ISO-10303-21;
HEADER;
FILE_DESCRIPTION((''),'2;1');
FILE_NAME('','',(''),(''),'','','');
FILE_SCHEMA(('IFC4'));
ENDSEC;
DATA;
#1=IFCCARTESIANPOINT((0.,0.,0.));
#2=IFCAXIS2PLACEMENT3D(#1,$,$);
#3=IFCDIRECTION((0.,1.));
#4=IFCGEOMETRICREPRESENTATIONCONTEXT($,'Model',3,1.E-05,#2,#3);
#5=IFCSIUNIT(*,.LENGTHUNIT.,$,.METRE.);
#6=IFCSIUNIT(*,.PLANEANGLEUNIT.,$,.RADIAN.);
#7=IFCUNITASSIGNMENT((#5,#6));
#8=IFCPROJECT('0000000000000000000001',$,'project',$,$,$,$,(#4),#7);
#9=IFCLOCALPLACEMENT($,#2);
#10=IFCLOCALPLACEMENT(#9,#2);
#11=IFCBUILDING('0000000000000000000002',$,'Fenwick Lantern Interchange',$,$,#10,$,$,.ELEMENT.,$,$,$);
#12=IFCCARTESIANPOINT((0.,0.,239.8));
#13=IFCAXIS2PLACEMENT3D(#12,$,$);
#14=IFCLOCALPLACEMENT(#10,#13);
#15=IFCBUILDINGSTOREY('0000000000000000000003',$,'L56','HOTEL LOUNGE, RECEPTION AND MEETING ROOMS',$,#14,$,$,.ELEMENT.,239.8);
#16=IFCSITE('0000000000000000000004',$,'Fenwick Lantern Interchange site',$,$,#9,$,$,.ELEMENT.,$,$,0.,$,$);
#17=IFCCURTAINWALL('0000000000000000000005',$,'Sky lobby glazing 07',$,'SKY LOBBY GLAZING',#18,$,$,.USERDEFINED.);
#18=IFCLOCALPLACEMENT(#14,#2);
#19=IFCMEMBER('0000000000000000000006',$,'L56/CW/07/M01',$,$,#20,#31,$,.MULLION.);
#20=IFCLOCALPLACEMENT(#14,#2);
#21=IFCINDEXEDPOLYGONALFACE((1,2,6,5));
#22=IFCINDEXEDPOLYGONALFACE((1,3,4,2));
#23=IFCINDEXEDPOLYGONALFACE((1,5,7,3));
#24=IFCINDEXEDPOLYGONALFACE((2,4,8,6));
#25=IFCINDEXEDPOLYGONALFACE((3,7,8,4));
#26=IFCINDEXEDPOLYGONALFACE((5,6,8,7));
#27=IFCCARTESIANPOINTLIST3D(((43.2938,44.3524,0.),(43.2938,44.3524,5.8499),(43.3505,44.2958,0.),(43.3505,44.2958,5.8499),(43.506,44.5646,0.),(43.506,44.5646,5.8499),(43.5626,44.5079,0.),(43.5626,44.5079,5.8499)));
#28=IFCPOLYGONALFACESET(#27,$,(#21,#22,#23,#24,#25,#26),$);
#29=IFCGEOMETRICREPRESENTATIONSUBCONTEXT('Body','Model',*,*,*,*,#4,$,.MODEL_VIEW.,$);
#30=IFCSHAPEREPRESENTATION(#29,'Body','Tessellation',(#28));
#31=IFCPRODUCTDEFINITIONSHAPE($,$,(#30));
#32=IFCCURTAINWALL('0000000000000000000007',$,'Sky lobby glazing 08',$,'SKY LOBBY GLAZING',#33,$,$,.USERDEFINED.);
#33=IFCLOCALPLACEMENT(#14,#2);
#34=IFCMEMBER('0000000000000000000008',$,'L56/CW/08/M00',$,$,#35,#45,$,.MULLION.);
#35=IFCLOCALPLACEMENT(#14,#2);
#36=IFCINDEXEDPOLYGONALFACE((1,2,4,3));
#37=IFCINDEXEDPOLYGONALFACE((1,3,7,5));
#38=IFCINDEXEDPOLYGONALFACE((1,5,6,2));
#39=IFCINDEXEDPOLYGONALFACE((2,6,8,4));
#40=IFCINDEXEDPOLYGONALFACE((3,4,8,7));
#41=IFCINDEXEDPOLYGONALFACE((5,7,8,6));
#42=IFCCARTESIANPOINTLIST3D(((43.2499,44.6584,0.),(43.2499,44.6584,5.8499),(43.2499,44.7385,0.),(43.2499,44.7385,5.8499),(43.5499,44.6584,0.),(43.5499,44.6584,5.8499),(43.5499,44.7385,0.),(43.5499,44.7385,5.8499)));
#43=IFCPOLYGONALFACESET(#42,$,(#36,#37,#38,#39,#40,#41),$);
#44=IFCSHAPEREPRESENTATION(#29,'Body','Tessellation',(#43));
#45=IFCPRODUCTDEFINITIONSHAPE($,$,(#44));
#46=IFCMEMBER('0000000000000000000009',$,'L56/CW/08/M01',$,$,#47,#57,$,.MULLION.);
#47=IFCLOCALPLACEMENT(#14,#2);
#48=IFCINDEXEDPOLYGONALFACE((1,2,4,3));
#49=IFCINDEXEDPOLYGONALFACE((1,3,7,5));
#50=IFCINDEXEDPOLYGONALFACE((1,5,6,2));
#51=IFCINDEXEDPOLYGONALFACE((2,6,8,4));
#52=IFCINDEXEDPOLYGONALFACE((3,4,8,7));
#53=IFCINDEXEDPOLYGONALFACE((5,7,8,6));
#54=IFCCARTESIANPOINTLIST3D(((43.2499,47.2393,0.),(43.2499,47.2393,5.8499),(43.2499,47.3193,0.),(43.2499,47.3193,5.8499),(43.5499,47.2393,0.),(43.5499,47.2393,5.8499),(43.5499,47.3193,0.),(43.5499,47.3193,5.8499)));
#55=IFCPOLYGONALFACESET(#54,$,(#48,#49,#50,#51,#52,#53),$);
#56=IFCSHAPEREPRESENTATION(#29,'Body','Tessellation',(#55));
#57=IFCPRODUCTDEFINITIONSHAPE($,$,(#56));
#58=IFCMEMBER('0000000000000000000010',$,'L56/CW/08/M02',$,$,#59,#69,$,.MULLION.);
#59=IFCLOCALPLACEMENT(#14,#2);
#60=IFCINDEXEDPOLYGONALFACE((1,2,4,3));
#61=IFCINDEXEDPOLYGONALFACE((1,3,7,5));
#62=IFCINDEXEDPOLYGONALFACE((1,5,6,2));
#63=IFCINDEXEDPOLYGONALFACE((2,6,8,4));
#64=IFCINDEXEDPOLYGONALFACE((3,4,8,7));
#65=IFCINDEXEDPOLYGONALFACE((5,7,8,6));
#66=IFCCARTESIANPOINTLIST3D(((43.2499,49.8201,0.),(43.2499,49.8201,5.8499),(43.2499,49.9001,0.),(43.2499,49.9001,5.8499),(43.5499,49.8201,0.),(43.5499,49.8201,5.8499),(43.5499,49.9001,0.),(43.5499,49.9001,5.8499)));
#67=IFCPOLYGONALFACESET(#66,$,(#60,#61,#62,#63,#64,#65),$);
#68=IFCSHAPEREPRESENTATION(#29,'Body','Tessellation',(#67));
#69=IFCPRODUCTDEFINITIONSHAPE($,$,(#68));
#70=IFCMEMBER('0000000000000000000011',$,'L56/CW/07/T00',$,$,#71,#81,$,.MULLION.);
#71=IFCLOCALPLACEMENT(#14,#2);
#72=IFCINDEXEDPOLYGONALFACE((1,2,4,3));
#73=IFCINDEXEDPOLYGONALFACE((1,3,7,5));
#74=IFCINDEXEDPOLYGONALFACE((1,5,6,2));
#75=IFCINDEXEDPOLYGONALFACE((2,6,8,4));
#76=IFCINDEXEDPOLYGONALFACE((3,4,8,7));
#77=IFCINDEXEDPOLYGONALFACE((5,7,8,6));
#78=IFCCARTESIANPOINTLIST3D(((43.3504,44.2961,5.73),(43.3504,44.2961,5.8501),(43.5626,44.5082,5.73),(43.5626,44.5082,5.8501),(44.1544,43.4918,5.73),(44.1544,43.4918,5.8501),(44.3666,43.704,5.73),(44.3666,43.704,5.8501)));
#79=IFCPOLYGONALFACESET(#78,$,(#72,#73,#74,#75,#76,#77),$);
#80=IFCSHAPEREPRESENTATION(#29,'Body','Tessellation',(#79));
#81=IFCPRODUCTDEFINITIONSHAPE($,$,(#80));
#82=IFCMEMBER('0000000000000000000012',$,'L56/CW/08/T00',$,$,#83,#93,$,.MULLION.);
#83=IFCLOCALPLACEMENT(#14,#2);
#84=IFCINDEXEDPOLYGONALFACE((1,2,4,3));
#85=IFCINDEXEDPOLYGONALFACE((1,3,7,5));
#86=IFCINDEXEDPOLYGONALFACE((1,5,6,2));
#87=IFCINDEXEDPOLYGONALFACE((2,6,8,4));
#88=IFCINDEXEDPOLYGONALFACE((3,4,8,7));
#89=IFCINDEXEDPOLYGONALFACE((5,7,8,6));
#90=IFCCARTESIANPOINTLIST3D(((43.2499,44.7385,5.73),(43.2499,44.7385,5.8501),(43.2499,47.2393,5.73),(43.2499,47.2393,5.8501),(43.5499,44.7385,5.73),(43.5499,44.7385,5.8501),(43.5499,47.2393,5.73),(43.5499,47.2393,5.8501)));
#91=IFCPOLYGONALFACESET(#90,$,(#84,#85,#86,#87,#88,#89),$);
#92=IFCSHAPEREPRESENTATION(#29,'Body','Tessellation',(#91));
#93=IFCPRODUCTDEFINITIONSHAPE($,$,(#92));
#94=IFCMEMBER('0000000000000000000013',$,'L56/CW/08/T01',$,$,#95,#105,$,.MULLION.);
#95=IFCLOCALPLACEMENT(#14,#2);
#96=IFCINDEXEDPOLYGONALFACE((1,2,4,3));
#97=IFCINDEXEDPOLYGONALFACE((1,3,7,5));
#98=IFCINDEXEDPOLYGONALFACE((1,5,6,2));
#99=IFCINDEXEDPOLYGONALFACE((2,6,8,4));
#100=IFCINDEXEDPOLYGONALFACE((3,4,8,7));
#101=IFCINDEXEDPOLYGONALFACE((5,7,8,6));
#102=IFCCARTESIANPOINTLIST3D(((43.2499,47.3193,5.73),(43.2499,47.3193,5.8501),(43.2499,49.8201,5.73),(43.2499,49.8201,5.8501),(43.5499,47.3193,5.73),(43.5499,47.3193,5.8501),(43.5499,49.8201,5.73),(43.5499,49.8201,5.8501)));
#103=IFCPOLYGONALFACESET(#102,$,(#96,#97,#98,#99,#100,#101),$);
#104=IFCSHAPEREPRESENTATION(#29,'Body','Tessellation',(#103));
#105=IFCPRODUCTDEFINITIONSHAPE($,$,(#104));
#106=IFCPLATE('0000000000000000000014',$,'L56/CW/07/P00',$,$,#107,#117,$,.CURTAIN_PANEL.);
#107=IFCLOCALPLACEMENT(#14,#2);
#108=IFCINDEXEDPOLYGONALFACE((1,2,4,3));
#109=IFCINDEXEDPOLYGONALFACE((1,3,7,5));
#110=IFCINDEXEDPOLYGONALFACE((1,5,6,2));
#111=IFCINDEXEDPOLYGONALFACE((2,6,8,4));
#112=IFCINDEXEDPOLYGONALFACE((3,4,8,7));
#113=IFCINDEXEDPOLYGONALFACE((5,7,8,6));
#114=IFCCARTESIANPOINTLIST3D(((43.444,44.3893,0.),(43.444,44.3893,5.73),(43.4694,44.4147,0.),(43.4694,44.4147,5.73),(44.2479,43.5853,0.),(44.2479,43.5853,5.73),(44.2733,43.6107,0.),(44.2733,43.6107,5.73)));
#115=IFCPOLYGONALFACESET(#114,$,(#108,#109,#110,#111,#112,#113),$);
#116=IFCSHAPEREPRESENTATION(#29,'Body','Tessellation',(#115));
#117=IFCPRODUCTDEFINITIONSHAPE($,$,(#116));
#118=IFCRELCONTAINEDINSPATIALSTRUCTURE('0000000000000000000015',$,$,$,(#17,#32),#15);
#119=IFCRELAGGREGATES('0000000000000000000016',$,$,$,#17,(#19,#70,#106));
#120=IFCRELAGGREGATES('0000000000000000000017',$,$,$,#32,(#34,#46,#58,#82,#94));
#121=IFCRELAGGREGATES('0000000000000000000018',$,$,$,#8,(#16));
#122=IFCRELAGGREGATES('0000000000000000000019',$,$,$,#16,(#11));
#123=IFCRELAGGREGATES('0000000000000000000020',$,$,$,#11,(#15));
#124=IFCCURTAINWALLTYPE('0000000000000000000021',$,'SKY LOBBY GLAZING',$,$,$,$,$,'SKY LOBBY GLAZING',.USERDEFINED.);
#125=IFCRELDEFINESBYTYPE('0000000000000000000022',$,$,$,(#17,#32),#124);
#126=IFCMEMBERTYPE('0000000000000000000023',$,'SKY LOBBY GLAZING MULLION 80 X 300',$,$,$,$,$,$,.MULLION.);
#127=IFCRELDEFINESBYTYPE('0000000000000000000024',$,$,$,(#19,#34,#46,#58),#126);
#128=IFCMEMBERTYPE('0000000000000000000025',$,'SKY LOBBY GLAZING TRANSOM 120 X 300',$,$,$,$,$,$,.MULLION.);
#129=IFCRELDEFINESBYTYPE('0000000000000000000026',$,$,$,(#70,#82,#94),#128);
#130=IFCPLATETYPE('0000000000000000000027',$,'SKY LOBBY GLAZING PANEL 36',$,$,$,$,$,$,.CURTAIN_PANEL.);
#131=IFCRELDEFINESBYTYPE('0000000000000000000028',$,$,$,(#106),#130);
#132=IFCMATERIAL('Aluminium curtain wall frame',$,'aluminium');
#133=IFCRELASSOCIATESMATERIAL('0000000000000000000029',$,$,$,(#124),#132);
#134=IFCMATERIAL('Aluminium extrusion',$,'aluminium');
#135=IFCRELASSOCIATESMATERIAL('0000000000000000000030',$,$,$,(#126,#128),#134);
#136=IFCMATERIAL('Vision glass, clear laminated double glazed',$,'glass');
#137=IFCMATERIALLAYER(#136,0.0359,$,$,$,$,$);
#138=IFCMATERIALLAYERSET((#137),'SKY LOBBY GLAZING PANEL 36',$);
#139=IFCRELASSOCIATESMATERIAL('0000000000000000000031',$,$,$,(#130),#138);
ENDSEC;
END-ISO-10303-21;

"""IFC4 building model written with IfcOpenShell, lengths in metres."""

from ifc_helpers import new_model, si_unit, direction, frame, origin, origin_2d, place, context, subcontext, project, spatial, rectangle, extrude, material, layer, layer_set, material_profile, profile_set, type_object, element, aggregate, save


model = new_model("IFC4")

# Units and contexts
model_context = context("Model", 3, precision=1e-05, world=origin(), true_north=direction((0.0, 1.0)))
body_context = subcontext(model_context, "Body", "Model", "MODEL_VIEW")
ifc_project = project(units=[si_unit("LENGTHUNIT", "METRE"), si_unit("PLANEANGLEUNIT", "RADIAN")], contexts=[model_context])

# Site, building, storey
site_placement = place(None, origin())
site = spatial("IfcSite", under=ifc_project, at=site_placement, Name="Fenwick Lantern Interchange site", CompositionType="ELEMENT", RefElevation=0.0)
building_placement = place(site_placement, origin())
building = spatial("IfcBuilding", under=site, at=building_placement, Name="Fenwick Lantern Interchange", CompositionType="ELEMENT")
storey_placement = place(building_placement, frame((0.0, 0.0, 239.8)))
storey = spatial("IfcBuildingStorey", under=building, at=storey_placement, Name="L56", Description="HOTEL LOUNGE, RECEPTION AND MEETING ROOMS", CompositionType="ELEMENT", Elevation=239.8)

# Curtain wall, member
ifc_material_1 = material(Name="Aluminium curtain wall frame", Category="aluminium")
curtain_wall_type = type_object("IfcCurtainWallType", Name="SKY LOBBY GLAZING", ElementType="SKY LOBBY GLAZING", PredefinedType="USERDEFINED", material=ifc_material_1)
curtain_wall_1_placement = place(storey_placement, origin())
curtain_wall_1 = element("IfcCurtainWall", 1, at=curtain_wall_1_placement, inside=storey, type_object=curtain_wall_type, Name="Sky lobby glazing 07", ObjectType="SKY LOBBY GLAZING", PredefinedType="USERDEFINED")
ifc_material_2 = material(Name="Aluminium extrusion", Category="aluminium")
ifc_material_profile_1 = material_profile(ifc_material_2, rectangle(XDim=0.3, YDim=0.0801, at=origin_2d()), Name="SKY LOBBY GLAZING MULLION 80 X 300")
ifc_profile_set_1 = profile_set([ifc_material_profile_1], Name="Aluminium extrusion")
member_type_1 = type_object("IfcMemberType", Name="SKY LOBBY GLAZING MULLION 80 X 300", PredefinedType="MULLION", material=ifc_profile_set_1)
member_1_placement = place(storey_placement, frame((43.4282, 44.4302, 0.0), z_axis=(0.0, 0.0, 1.0), x_axis=(-0.707107, -0.707107, 0.0)))
member_1 = element("IfcMember", 2, at=member_1_placement, type_object=member_type_1, Name="L56/CW/07/M01", PredefinedType="MULLION", context=body_context, shape_type="SweptSolid", body=[
    extrude(rectangle(XDim=0.3, YDim=0.0801, at=origin_2d()), origin(), (0.0, 0.0, 1.0), 5.8499),
])

# Curtain wall, members
curtain_wall_2_placement = place(storey_placement, origin())
curtain_wall_2 = element("IfcCurtainWall", 3, at=curtain_wall_2_placement, inside=storey, type_object=curtain_wall_type, Name="Sky lobby glazing 08", ObjectType="SKY LOBBY GLAZING", PredefinedType="USERDEFINED")
member_2_placement = place(storey_placement, frame((43.3999, 44.6985, 0.0), z_axis=(0.0, 0.0, 1.0), x_axis=(-1.0, 0.0, 0.0)))
member_2 = element("IfcMember", 4, at=member_2_placement, type_object=member_type_1, Name="L56/CW/08/M00", PredefinedType="MULLION", context=body_context, shape_type="SweptSolid", body=[
    extrude(rectangle(XDim=0.3, YDim=0.0801, at=origin_2d()), origin(), (0.0, 0.0, 1.0), 5.8499),
])
member_3_placement = place(storey_placement, frame((43.3999, 47.2793, 0.0), z_axis=(0.0, 0.0, 1.0), x_axis=(-1.0, 0.0, 0.0)))
member_3 = element("IfcMember", 5, at=member_3_placement, type_object=member_type_1, Name="L56/CW/08/M01", PredefinedType="MULLION", context=body_context, shape_type="SweptSolid", body=[
    extrude(rectangle(XDim=0.3, YDim=0.0801, at=origin_2d()), origin(), (0.0, 0.0, 1.0), 5.8499),
])
member_4_placement = place(storey_placement, frame((43.3999, 49.8601, 0.0), z_axis=(0.0, 0.0, 1.0), x_axis=(-1.0, 0.0, 0.0)))
member_4 = element("IfcMember", 6, at=member_4_placement, type_object=member_type_1, Name="L56/CW/08/M02", PredefinedType="MULLION", context=body_context, shape_type="SweptSolid", body=[
    extrude(rectangle(XDim=0.3, YDim=0.0801, at=origin_2d()), origin(), (0.0, 0.0, 1.0), 5.8499),
])

# Members
ifc_material_profile_2 = material_profile(ifc_material_2, rectangle(XDim=0.3, YDim=0.1201, at=origin_2d()), Name="SKY LOBBY GLAZING TRANSOM 120 X 300")
ifc_profile_set_2 = profile_set([ifc_material_profile_2], Name="Aluminium extrusion")
member_type_2 = type_object("IfcMemberType", Name="SKY LOBBY GLAZING TRANSOM 120 X 300", PredefinedType="MULLION", material=ifc_profile_set_2)
member_5_placement = place(storey_placement, frame((44.2605, 43.5979, 5.79), z_axis=(-0.706999, 0.707214, 0.0), x_axis=(-0.707214, -0.706999, 0.0)))
member_5 = element("IfcMember", 7, at=member_5_placement, type_object=member_type_2, Name="L56/CW/07/T00", PredefinedType="MULLION", context=body_context, shape_type="SweptSolid", body=[
    extrude(rectangle(XDim=0.3, YDim=0.1201, at=origin_2d()), origin(), (0.0, 0.0, 1.0), 1.1372),
])
member_6_placement = place(storey_placement, frame((43.3999, 44.7385, 5.79), z_axis=(0.0, 1.0, 0.0), x_axis=(-1.0, 0.0, 0.0)))
member_6 = element("IfcMember", 8, at=member_6_placement, type_object=member_type_2, Name="L56/CW/08/T00", PredefinedType="MULLION", context=body_context, shape_type="SweptSolid", body=[
    extrude(rectangle(XDim=0.3, YDim=0.1201, at=origin_2d()), origin(), (0.0, 0.0, 1.0), 2.5007),
])
member_7_placement = place(storey_placement, frame((43.3999, 47.3193, 5.79), z_axis=(0.0, 1.0, 0.0), x_axis=(-1.0, 0.0, 0.0)))
member_7 = element("IfcMember", 9, at=member_7_placement, type_object=member_type_2, Name="L56/CW/08/T01", PredefinedType="MULLION", context=body_context, shape_type="SweptSolid", body=[
    extrude(rectangle(XDim=0.3, YDim=0.1201, at=origin_2d()), origin(), (0.0, 0.0, 1.0), 2.5007),
])

# Plate
ifc_material_3 = material(Name="Vision glass, clear laminated double glazed", Category="glass")
ifc_layer_1 = layer(ifc_material_3, 0.0359)
ifc_layer_set_1 = layer_set([ifc_layer_1], Name="SKY LOBBY GLAZING PANEL 36")
plate_type = type_object("IfcPlateType", Name="SKY LOBBY GLAZING PANEL 36", PredefinedType="CURTAIN_PANEL", material=ifc_layer_set_1)
plate_1_placement = place(storey_placement, frame((43.8586, 44.0, 0.0), z_axis=(0.0, 0.0, 1.0), x_axis=(-0.707107, 0.707107, 0.0)))
plate_1 = element("IfcPlate", 10, at=plate_1_placement, type_object=plate_type, Name="L56/CW/07/P00", PredefinedType="CURTAIN_PANEL", context=body_context, shape_type="SweptSolid", body=[
    extrude(rectangle(XDim=1.137, YDim=0.0359, at=origin_2d()), origin(), (0.0, 0.0, 1.0), 5.73),
])
aggregate(curtain_wall_1, [member_1, member_5, plate_1])
aggregate(curtain_wall_2, [member_2, member_3, member_4, member_6, member_7])

save(model, "model.ifc")
